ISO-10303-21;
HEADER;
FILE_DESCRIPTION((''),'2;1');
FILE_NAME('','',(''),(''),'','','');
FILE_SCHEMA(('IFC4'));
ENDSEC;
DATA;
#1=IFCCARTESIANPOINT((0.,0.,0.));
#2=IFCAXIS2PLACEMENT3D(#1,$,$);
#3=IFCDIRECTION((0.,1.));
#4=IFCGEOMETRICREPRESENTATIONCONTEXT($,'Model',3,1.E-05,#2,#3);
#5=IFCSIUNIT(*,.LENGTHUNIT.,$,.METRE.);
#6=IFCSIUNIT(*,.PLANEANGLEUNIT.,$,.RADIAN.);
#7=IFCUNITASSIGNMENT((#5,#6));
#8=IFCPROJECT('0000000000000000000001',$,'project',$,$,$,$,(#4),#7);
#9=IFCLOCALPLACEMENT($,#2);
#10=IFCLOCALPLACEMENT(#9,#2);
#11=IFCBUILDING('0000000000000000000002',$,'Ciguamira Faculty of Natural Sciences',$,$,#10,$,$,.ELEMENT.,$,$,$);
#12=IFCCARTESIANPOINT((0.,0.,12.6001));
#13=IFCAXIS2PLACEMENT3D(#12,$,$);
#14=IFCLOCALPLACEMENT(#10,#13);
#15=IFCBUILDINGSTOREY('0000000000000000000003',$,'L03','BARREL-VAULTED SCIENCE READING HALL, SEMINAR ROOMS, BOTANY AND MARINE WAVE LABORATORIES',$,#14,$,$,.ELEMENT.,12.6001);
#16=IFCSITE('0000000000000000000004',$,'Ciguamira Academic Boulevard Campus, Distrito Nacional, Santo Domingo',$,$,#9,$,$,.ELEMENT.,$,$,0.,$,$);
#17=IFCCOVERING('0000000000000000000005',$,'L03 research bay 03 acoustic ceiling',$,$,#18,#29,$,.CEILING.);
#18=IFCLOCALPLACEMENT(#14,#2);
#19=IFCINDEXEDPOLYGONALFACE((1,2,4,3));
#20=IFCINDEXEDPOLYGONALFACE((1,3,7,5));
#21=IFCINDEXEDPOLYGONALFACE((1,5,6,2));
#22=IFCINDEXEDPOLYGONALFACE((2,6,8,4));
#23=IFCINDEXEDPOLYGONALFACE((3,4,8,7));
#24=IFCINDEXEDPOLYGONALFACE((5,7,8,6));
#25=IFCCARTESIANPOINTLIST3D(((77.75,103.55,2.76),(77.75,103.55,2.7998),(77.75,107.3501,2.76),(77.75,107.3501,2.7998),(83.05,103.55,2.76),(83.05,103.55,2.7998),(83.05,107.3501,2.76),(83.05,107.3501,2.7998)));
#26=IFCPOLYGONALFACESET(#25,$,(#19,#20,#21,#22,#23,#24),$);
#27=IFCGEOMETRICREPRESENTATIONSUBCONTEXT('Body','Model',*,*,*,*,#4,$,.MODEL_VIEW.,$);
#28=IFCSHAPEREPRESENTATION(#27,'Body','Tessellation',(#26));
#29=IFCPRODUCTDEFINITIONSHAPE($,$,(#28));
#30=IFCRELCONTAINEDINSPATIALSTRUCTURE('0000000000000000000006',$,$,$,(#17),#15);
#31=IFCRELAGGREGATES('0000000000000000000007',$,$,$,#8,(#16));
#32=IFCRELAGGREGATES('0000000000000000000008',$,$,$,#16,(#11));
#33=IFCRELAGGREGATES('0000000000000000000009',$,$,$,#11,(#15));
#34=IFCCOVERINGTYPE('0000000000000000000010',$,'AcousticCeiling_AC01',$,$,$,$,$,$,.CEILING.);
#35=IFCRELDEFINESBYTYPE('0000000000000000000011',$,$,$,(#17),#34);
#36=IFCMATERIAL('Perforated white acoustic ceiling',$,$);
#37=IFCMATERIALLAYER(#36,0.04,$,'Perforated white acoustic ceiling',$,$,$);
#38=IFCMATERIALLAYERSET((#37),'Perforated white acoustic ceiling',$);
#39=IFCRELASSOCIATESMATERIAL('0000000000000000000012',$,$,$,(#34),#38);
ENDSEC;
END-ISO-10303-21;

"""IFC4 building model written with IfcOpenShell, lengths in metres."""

from ifc_helpers import new_model, si_unit, direction, frame, origin, place, context, subcontext, project, spatial, polyline, outline, extrude, material, layer, layer_set, type_object, element, save


model = new_model("IFC4")

# Units and contexts
model_context = context("Model", 3, precision=1e-05, world=origin(), true_north=direction((0.0, 1.0)))
body_context = subcontext(model_context, "Body", "Model", "MODEL_VIEW")
ifc_project = project(units=[si_unit("LENGTHUNIT", "METRE"), si_unit("PLANEANGLEUNIT", "RADIAN")], contexts=[model_context])

# Site, building, storey
site_placement = place(None, origin())
site = spatial("IfcSite", under=ifc_project, at=site_placement, Name="Ciguamira Academic Boulevard Campus, Distrito Nacional, Santo Domingo", CompositionType="ELEMENT", RefElevation=0.0)
building_placement = place(site_placement, origin())
building = spatial("IfcBuilding", under=site, at=building_placement, Name="Ciguamira Faculty of Natural Sciences", CompositionType="ELEMENT")
storey_placement = place(building_placement, frame((0.0, 0.0, 12.6001)))
storey = spatial("IfcBuildingStorey", under=building, at=storey_placement, Name="L03", Description="BARREL-VAULTED SCIENCE READING HALL, SEMINAR ROOMS, BOTANY AND MARINE WAVE LABORATORIES", CompositionType="ELEMENT", Elevation=12.6001)

# Covering
ifc_material_1 = material(Name="Perforated white acoustic ceiling")
ifc_layer_1 = layer(ifc_material_1, 0.04, Name="Perforated white acoustic ceiling")
ifc_layer_set_1 = layer_set([ifc_layer_1], Name="Perforated white acoustic ceiling")
covering_type = type_object("IfcCoveringType", Name="AcousticCeiling_AC01", PredefinedType="CEILING", material=ifc_layer_set_1)
covering_1_placement = place(storey_placement, frame((0.0, 0.0, 2.76)))
element("IfcCovering", 1, at=covering_1_placement, inside=storey, type_object=covering_type, Name="L03 research bay 03 acoustic ceiling", PredefinedType="CEILING", context=body_context, shape_type="SweptSolid", body=[
    extrude(outline(polyline([(77.75, 103.55), (83.05, 103.55), (83.05, 107.3501), (77.75, 107.3501), (77.75, 103.55)])), origin(), (0.0, 0.0, 1.0), 0.0398),
])

save(model, "model.ifc")
